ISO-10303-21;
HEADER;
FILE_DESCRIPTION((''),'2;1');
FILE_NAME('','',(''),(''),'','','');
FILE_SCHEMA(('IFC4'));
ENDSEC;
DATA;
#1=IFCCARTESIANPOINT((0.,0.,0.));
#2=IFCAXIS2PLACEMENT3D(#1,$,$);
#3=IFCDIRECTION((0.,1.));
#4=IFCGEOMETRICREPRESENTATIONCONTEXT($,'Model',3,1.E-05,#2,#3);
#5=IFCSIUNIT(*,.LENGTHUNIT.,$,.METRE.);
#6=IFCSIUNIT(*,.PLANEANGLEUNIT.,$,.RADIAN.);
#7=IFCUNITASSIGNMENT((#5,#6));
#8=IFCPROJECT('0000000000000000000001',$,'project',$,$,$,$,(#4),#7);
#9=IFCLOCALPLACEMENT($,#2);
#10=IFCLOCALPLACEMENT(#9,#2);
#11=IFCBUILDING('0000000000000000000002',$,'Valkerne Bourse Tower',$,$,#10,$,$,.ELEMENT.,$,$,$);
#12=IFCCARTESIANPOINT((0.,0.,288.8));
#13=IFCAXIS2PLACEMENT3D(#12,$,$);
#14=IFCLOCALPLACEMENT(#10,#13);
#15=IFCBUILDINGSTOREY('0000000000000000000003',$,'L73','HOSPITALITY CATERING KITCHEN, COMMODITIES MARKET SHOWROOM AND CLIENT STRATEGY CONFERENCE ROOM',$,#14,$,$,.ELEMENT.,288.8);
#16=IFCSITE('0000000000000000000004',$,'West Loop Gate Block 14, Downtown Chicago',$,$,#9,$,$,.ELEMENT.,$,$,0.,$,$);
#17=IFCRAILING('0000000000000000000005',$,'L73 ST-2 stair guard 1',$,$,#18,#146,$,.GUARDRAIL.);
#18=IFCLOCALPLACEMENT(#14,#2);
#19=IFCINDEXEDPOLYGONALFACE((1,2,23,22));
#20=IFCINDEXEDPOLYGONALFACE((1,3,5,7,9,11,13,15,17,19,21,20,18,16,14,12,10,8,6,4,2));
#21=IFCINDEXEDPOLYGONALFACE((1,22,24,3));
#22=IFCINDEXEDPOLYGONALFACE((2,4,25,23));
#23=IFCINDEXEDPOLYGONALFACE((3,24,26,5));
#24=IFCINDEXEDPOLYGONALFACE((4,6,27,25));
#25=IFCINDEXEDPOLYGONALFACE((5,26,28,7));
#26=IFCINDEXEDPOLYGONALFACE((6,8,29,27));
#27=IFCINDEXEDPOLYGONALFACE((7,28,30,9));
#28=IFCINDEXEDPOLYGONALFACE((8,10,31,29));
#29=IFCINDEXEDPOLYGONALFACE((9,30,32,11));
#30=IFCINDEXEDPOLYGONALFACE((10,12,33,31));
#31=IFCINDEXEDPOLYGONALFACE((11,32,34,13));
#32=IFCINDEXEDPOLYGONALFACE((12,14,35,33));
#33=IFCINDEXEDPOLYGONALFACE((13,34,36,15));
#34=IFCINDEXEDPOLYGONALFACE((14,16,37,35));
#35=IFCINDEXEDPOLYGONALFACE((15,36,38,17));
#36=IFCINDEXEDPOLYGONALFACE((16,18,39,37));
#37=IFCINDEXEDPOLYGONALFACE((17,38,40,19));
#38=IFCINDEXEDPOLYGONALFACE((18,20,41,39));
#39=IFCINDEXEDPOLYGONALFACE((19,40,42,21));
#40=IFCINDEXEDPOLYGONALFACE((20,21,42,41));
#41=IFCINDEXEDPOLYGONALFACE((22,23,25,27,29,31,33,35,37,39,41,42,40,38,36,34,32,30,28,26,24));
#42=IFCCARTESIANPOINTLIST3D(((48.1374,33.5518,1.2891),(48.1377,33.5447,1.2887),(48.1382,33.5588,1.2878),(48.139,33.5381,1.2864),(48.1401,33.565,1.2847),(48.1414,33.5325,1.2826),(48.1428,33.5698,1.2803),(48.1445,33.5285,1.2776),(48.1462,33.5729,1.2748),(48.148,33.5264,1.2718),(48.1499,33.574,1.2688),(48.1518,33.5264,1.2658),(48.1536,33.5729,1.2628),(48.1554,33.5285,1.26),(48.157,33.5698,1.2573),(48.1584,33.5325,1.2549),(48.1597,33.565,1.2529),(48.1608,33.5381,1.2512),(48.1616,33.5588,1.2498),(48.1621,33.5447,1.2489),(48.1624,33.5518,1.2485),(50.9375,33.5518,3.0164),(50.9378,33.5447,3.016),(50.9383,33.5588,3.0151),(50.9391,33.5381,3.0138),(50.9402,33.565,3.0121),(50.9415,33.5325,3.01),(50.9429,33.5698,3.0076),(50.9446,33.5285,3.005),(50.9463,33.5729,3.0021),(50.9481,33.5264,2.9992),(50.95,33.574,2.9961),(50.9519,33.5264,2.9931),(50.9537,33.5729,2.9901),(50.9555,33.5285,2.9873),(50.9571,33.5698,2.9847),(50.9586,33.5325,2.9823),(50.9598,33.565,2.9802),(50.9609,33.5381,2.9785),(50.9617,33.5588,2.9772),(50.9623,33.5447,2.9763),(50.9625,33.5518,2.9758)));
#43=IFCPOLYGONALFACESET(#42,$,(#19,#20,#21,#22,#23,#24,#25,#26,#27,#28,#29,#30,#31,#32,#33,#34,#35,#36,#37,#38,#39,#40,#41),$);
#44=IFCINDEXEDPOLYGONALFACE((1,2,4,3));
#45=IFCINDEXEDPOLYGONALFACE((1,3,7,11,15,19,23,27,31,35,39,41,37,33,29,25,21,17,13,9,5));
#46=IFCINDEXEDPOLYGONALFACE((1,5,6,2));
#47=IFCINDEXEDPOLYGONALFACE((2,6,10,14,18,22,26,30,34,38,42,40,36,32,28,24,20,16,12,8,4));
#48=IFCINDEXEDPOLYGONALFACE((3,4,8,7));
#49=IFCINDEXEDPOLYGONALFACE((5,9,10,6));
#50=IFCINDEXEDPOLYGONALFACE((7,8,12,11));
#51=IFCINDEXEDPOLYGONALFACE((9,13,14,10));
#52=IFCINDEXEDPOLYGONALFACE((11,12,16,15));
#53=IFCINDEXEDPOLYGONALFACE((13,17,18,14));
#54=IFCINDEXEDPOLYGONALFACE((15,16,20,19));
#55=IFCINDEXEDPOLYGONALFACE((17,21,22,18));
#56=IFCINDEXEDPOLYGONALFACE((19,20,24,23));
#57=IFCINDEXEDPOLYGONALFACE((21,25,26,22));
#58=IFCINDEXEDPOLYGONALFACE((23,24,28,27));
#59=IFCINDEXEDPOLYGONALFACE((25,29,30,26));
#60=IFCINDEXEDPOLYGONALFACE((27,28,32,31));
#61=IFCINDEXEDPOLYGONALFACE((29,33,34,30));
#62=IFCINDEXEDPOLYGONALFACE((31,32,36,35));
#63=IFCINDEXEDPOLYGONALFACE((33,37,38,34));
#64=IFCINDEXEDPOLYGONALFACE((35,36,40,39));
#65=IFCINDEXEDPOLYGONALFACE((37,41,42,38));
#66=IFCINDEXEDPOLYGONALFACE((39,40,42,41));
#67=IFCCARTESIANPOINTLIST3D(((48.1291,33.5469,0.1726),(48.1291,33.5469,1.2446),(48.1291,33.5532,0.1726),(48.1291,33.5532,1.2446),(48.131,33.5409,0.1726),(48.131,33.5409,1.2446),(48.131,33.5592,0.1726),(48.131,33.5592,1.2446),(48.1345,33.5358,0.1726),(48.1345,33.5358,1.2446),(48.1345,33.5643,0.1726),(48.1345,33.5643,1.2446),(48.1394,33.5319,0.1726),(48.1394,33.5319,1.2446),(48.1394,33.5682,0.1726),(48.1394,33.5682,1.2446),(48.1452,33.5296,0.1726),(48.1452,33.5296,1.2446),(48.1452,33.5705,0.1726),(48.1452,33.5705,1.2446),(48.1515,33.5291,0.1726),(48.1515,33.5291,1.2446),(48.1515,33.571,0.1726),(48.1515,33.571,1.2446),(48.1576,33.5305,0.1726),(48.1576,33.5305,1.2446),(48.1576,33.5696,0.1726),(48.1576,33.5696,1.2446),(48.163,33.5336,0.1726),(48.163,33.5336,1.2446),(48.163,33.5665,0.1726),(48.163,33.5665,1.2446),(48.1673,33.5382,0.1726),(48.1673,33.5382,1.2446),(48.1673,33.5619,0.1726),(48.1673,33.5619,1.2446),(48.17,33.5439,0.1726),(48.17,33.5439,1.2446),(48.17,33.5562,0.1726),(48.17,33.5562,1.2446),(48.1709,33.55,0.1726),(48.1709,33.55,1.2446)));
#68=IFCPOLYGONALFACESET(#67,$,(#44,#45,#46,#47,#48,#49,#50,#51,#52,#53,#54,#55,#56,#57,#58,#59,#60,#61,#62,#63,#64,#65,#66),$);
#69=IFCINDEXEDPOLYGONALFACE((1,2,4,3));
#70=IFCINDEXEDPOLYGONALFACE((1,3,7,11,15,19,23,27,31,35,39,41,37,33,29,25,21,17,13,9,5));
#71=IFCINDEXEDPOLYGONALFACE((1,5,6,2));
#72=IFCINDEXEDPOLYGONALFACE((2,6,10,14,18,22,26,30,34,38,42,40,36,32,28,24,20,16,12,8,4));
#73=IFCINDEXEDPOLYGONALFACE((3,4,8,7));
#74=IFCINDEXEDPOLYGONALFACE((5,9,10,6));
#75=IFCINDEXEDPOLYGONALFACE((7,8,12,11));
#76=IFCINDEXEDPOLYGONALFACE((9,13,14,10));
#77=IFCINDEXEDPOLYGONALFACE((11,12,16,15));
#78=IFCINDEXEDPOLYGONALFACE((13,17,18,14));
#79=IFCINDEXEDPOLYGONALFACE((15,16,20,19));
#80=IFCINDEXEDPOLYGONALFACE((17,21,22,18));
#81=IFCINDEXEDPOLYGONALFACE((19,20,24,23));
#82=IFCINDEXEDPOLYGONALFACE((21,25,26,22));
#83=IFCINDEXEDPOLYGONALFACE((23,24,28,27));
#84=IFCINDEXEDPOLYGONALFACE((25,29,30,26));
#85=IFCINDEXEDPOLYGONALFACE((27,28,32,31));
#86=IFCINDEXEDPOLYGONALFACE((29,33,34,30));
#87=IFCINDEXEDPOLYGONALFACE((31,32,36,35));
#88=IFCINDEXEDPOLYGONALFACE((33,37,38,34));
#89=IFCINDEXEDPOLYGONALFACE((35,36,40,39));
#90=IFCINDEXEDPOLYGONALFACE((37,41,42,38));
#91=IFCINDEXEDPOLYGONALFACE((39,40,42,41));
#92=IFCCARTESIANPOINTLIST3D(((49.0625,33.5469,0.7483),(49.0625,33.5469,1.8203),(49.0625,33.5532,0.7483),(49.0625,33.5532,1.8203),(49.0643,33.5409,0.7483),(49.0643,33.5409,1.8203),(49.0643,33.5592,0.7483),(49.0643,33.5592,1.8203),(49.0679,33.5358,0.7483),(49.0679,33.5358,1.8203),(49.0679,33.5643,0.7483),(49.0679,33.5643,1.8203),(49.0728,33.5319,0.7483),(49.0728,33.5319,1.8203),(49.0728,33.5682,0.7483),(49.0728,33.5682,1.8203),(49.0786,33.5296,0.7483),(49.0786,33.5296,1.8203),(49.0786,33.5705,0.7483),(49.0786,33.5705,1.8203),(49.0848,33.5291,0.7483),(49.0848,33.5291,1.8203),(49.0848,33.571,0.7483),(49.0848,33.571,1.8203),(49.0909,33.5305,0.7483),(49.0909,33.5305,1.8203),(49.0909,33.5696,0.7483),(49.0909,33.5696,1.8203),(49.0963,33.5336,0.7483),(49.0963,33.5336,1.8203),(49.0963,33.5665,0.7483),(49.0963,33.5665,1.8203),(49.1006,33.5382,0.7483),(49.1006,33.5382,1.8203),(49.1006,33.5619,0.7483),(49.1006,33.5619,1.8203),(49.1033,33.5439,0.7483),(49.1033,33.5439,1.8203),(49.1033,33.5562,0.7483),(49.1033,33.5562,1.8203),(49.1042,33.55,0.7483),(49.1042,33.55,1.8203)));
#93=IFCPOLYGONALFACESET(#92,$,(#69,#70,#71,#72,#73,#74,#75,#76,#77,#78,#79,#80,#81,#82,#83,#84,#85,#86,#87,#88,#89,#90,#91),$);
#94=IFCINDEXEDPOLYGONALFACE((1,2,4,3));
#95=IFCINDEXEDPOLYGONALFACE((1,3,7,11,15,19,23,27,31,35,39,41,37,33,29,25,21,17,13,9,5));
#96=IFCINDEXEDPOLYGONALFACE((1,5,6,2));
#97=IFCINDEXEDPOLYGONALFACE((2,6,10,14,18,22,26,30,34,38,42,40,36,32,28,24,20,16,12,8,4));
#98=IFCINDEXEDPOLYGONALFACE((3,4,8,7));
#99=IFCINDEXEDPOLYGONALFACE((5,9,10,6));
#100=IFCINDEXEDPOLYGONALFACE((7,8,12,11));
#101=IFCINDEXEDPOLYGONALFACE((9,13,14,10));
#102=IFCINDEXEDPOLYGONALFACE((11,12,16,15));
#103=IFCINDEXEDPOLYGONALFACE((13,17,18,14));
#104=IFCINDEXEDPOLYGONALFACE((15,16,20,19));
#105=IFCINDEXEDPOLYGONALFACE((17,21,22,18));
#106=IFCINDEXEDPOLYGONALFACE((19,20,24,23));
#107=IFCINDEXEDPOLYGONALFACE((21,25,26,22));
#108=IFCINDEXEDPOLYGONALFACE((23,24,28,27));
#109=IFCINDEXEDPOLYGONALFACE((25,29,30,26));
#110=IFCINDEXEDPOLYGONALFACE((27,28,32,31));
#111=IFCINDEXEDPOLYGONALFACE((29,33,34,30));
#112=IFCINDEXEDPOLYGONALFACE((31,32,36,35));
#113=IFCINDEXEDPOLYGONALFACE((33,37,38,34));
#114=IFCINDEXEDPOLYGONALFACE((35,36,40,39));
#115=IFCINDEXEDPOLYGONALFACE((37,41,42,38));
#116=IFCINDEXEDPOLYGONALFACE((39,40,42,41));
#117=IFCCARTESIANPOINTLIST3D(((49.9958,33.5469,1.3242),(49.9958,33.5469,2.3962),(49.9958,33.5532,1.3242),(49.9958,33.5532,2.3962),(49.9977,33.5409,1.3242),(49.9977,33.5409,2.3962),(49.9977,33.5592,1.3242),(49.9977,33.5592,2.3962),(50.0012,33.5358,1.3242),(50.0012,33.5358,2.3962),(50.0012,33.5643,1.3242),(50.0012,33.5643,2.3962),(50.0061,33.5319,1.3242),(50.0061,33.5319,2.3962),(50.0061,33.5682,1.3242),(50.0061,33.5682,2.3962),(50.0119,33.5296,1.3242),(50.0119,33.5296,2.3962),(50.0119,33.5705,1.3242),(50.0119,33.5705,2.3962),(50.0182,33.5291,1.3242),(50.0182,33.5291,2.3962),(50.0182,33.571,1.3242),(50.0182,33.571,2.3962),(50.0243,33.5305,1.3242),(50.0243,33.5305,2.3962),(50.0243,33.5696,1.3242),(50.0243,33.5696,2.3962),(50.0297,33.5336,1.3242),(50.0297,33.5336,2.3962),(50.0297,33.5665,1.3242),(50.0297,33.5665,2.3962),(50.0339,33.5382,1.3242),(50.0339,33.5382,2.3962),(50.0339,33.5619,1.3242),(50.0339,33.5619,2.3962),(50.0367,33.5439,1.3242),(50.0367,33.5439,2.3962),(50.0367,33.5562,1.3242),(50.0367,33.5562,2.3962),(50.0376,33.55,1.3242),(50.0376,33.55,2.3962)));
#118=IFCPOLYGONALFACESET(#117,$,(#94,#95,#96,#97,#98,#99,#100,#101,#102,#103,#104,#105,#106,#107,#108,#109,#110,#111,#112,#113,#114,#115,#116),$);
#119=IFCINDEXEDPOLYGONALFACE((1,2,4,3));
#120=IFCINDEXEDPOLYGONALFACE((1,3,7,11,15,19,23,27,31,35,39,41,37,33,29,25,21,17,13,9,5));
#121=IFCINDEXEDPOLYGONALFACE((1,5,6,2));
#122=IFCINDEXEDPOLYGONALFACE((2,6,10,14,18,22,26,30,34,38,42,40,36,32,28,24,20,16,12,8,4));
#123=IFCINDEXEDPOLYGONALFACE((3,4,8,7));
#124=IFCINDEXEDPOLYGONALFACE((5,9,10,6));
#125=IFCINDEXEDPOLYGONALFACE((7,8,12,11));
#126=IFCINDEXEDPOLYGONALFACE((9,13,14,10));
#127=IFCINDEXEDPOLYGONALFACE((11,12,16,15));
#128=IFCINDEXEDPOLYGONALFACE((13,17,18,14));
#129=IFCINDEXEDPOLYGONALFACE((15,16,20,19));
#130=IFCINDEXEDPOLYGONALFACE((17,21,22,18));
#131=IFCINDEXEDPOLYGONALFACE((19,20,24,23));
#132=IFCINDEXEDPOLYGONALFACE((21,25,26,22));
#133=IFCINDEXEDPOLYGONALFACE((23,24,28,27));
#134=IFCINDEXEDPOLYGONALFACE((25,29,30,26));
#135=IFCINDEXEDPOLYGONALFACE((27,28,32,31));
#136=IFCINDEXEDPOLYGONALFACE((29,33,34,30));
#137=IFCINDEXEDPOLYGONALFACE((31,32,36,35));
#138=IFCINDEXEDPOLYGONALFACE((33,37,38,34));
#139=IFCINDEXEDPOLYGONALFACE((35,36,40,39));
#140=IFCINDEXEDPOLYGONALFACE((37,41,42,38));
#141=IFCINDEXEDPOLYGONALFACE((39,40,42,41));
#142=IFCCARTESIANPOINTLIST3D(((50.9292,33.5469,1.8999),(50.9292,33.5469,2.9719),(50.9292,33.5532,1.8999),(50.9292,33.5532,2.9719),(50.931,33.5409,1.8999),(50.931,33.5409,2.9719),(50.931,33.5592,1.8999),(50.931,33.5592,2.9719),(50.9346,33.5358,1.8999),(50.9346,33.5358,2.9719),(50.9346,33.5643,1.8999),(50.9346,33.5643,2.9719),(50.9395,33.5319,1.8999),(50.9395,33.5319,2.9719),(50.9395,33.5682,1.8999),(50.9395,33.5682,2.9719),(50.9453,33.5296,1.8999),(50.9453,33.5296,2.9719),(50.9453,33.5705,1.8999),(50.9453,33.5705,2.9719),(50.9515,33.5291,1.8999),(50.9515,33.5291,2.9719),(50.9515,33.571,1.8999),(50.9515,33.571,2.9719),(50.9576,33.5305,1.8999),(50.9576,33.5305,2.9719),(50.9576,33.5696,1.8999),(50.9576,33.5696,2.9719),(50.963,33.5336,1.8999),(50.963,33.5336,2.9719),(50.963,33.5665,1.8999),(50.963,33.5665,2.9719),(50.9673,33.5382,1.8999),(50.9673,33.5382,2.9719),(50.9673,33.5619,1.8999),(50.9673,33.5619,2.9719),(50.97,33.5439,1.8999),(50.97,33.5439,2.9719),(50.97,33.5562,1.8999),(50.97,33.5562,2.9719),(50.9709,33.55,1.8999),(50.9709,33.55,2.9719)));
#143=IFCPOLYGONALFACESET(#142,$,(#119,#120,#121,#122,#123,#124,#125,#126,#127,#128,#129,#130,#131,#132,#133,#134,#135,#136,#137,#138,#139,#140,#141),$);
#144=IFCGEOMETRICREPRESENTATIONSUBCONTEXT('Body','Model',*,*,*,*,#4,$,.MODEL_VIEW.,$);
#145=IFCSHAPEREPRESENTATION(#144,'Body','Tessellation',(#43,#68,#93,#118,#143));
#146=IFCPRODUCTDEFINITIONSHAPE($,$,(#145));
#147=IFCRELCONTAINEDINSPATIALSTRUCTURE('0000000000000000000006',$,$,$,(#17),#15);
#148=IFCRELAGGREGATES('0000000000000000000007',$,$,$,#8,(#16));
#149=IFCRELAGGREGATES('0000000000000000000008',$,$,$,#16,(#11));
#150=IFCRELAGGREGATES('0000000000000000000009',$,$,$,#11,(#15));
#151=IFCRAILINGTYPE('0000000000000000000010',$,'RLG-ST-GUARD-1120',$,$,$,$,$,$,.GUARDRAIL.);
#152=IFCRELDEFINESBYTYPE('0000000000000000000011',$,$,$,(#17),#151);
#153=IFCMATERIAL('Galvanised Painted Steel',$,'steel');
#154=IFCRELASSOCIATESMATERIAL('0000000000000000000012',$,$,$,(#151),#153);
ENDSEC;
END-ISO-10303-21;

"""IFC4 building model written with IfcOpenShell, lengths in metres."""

from ifc_helpers import new_model, si_unit, direction, frame, origin, origin_2d, place, context, subcontext, project, spatial, circle, extrude, material, type_object, element, save


model = new_model("IFC4")

# Units and contexts
model_context = context("Model", 3, precision=1e-05, world=origin(), true_north=direction((0.0, 1.0)))
body_context = subcontext(model_context, "Body", "Model", "MODEL_VIEW")
ifc_project = project(units=[si_unit("LENGTHUNIT", "METRE"), si_unit("PLANEANGLEUNIT", "RADIAN")], contexts=[model_context])

# Site, building, storey
site_placement = place(None, origin())
site = spatial("IfcSite", under=ifc_project, at=site_placement, Name="West Loop Gate Block 14, Downtown Chicago", CompositionType="ELEMENT", RefElevation=0.0)
building_placement = place(site_placement, origin())
building = spatial("IfcBuilding", under=site, at=building_placement, Name="Valkerne Bourse Tower", CompositionType="ELEMENT")
storey_placement = place(building_placement, frame((0.0, 0.0, 288.8)))
storey = spatial("IfcBuildingStorey", under=building, at=storey_placement, Name="L73", Description="HOSPITALITY CATERING KITCHEN, COMMODITIES MARKET SHOWROOM AND CLIENT STRATEGY CONFERENCE ROOM", CompositionType="ELEMENT", Elevation=288.8)

# Shared definitions
ifc_material_1 = material(Name="Galvanised Painted Steel", Category="steel")

# Railing
railing_type_1 = type_object("IfcRailingType", Name="RLG-ST-GUARD-1120", PredefinedType="GUARDRAIL", material=ifc_material_1)
railing_1_placement = place(storey_placement, frame((48.1499, 33.55, 0.1726)))
element("IfcRailing", 1, at=railing_1_placement, inside=storey, type_object=railing_type_1, Name="L73 ST-2 stair guard 1", PredefinedType="GUARDRAIL", context=body_context, shape_type="SweptSolid", body=[
    extrude(circle(Radius=0.0239, at=origin_2d()), frame((0.0, 0.0, 1.0962), z_axis=(0.85109, 0.0, 0.52502), x_axis=(0.0, 1.0, 0.0)), (0.0, 0.0, 1.0), 3.29),
    extrude(circle(Radius=0.021, at=origin_2d()), origin(), (0.0, 0.0, 1.0), 1.072),
    extrude(circle(Radius=0.021, at=origin_2d()), frame((0.9333, 0.0, 0.5757)), (0.0, 0.0, 1.0), 1.072),
    extrude(circle(Radius=0.021, at=origin_2d()), frame((1.8667, 0.0, 1.1516)), (0.0, 0.0, 1.0), 1.072),
    extrude(circle(Radius=0.021, at=origin_2d()), frame((2.8, 0.0, 1.7273)), (0.0, 0.0, 1.0), 1.072),
])

save(model, "model.ifc")
